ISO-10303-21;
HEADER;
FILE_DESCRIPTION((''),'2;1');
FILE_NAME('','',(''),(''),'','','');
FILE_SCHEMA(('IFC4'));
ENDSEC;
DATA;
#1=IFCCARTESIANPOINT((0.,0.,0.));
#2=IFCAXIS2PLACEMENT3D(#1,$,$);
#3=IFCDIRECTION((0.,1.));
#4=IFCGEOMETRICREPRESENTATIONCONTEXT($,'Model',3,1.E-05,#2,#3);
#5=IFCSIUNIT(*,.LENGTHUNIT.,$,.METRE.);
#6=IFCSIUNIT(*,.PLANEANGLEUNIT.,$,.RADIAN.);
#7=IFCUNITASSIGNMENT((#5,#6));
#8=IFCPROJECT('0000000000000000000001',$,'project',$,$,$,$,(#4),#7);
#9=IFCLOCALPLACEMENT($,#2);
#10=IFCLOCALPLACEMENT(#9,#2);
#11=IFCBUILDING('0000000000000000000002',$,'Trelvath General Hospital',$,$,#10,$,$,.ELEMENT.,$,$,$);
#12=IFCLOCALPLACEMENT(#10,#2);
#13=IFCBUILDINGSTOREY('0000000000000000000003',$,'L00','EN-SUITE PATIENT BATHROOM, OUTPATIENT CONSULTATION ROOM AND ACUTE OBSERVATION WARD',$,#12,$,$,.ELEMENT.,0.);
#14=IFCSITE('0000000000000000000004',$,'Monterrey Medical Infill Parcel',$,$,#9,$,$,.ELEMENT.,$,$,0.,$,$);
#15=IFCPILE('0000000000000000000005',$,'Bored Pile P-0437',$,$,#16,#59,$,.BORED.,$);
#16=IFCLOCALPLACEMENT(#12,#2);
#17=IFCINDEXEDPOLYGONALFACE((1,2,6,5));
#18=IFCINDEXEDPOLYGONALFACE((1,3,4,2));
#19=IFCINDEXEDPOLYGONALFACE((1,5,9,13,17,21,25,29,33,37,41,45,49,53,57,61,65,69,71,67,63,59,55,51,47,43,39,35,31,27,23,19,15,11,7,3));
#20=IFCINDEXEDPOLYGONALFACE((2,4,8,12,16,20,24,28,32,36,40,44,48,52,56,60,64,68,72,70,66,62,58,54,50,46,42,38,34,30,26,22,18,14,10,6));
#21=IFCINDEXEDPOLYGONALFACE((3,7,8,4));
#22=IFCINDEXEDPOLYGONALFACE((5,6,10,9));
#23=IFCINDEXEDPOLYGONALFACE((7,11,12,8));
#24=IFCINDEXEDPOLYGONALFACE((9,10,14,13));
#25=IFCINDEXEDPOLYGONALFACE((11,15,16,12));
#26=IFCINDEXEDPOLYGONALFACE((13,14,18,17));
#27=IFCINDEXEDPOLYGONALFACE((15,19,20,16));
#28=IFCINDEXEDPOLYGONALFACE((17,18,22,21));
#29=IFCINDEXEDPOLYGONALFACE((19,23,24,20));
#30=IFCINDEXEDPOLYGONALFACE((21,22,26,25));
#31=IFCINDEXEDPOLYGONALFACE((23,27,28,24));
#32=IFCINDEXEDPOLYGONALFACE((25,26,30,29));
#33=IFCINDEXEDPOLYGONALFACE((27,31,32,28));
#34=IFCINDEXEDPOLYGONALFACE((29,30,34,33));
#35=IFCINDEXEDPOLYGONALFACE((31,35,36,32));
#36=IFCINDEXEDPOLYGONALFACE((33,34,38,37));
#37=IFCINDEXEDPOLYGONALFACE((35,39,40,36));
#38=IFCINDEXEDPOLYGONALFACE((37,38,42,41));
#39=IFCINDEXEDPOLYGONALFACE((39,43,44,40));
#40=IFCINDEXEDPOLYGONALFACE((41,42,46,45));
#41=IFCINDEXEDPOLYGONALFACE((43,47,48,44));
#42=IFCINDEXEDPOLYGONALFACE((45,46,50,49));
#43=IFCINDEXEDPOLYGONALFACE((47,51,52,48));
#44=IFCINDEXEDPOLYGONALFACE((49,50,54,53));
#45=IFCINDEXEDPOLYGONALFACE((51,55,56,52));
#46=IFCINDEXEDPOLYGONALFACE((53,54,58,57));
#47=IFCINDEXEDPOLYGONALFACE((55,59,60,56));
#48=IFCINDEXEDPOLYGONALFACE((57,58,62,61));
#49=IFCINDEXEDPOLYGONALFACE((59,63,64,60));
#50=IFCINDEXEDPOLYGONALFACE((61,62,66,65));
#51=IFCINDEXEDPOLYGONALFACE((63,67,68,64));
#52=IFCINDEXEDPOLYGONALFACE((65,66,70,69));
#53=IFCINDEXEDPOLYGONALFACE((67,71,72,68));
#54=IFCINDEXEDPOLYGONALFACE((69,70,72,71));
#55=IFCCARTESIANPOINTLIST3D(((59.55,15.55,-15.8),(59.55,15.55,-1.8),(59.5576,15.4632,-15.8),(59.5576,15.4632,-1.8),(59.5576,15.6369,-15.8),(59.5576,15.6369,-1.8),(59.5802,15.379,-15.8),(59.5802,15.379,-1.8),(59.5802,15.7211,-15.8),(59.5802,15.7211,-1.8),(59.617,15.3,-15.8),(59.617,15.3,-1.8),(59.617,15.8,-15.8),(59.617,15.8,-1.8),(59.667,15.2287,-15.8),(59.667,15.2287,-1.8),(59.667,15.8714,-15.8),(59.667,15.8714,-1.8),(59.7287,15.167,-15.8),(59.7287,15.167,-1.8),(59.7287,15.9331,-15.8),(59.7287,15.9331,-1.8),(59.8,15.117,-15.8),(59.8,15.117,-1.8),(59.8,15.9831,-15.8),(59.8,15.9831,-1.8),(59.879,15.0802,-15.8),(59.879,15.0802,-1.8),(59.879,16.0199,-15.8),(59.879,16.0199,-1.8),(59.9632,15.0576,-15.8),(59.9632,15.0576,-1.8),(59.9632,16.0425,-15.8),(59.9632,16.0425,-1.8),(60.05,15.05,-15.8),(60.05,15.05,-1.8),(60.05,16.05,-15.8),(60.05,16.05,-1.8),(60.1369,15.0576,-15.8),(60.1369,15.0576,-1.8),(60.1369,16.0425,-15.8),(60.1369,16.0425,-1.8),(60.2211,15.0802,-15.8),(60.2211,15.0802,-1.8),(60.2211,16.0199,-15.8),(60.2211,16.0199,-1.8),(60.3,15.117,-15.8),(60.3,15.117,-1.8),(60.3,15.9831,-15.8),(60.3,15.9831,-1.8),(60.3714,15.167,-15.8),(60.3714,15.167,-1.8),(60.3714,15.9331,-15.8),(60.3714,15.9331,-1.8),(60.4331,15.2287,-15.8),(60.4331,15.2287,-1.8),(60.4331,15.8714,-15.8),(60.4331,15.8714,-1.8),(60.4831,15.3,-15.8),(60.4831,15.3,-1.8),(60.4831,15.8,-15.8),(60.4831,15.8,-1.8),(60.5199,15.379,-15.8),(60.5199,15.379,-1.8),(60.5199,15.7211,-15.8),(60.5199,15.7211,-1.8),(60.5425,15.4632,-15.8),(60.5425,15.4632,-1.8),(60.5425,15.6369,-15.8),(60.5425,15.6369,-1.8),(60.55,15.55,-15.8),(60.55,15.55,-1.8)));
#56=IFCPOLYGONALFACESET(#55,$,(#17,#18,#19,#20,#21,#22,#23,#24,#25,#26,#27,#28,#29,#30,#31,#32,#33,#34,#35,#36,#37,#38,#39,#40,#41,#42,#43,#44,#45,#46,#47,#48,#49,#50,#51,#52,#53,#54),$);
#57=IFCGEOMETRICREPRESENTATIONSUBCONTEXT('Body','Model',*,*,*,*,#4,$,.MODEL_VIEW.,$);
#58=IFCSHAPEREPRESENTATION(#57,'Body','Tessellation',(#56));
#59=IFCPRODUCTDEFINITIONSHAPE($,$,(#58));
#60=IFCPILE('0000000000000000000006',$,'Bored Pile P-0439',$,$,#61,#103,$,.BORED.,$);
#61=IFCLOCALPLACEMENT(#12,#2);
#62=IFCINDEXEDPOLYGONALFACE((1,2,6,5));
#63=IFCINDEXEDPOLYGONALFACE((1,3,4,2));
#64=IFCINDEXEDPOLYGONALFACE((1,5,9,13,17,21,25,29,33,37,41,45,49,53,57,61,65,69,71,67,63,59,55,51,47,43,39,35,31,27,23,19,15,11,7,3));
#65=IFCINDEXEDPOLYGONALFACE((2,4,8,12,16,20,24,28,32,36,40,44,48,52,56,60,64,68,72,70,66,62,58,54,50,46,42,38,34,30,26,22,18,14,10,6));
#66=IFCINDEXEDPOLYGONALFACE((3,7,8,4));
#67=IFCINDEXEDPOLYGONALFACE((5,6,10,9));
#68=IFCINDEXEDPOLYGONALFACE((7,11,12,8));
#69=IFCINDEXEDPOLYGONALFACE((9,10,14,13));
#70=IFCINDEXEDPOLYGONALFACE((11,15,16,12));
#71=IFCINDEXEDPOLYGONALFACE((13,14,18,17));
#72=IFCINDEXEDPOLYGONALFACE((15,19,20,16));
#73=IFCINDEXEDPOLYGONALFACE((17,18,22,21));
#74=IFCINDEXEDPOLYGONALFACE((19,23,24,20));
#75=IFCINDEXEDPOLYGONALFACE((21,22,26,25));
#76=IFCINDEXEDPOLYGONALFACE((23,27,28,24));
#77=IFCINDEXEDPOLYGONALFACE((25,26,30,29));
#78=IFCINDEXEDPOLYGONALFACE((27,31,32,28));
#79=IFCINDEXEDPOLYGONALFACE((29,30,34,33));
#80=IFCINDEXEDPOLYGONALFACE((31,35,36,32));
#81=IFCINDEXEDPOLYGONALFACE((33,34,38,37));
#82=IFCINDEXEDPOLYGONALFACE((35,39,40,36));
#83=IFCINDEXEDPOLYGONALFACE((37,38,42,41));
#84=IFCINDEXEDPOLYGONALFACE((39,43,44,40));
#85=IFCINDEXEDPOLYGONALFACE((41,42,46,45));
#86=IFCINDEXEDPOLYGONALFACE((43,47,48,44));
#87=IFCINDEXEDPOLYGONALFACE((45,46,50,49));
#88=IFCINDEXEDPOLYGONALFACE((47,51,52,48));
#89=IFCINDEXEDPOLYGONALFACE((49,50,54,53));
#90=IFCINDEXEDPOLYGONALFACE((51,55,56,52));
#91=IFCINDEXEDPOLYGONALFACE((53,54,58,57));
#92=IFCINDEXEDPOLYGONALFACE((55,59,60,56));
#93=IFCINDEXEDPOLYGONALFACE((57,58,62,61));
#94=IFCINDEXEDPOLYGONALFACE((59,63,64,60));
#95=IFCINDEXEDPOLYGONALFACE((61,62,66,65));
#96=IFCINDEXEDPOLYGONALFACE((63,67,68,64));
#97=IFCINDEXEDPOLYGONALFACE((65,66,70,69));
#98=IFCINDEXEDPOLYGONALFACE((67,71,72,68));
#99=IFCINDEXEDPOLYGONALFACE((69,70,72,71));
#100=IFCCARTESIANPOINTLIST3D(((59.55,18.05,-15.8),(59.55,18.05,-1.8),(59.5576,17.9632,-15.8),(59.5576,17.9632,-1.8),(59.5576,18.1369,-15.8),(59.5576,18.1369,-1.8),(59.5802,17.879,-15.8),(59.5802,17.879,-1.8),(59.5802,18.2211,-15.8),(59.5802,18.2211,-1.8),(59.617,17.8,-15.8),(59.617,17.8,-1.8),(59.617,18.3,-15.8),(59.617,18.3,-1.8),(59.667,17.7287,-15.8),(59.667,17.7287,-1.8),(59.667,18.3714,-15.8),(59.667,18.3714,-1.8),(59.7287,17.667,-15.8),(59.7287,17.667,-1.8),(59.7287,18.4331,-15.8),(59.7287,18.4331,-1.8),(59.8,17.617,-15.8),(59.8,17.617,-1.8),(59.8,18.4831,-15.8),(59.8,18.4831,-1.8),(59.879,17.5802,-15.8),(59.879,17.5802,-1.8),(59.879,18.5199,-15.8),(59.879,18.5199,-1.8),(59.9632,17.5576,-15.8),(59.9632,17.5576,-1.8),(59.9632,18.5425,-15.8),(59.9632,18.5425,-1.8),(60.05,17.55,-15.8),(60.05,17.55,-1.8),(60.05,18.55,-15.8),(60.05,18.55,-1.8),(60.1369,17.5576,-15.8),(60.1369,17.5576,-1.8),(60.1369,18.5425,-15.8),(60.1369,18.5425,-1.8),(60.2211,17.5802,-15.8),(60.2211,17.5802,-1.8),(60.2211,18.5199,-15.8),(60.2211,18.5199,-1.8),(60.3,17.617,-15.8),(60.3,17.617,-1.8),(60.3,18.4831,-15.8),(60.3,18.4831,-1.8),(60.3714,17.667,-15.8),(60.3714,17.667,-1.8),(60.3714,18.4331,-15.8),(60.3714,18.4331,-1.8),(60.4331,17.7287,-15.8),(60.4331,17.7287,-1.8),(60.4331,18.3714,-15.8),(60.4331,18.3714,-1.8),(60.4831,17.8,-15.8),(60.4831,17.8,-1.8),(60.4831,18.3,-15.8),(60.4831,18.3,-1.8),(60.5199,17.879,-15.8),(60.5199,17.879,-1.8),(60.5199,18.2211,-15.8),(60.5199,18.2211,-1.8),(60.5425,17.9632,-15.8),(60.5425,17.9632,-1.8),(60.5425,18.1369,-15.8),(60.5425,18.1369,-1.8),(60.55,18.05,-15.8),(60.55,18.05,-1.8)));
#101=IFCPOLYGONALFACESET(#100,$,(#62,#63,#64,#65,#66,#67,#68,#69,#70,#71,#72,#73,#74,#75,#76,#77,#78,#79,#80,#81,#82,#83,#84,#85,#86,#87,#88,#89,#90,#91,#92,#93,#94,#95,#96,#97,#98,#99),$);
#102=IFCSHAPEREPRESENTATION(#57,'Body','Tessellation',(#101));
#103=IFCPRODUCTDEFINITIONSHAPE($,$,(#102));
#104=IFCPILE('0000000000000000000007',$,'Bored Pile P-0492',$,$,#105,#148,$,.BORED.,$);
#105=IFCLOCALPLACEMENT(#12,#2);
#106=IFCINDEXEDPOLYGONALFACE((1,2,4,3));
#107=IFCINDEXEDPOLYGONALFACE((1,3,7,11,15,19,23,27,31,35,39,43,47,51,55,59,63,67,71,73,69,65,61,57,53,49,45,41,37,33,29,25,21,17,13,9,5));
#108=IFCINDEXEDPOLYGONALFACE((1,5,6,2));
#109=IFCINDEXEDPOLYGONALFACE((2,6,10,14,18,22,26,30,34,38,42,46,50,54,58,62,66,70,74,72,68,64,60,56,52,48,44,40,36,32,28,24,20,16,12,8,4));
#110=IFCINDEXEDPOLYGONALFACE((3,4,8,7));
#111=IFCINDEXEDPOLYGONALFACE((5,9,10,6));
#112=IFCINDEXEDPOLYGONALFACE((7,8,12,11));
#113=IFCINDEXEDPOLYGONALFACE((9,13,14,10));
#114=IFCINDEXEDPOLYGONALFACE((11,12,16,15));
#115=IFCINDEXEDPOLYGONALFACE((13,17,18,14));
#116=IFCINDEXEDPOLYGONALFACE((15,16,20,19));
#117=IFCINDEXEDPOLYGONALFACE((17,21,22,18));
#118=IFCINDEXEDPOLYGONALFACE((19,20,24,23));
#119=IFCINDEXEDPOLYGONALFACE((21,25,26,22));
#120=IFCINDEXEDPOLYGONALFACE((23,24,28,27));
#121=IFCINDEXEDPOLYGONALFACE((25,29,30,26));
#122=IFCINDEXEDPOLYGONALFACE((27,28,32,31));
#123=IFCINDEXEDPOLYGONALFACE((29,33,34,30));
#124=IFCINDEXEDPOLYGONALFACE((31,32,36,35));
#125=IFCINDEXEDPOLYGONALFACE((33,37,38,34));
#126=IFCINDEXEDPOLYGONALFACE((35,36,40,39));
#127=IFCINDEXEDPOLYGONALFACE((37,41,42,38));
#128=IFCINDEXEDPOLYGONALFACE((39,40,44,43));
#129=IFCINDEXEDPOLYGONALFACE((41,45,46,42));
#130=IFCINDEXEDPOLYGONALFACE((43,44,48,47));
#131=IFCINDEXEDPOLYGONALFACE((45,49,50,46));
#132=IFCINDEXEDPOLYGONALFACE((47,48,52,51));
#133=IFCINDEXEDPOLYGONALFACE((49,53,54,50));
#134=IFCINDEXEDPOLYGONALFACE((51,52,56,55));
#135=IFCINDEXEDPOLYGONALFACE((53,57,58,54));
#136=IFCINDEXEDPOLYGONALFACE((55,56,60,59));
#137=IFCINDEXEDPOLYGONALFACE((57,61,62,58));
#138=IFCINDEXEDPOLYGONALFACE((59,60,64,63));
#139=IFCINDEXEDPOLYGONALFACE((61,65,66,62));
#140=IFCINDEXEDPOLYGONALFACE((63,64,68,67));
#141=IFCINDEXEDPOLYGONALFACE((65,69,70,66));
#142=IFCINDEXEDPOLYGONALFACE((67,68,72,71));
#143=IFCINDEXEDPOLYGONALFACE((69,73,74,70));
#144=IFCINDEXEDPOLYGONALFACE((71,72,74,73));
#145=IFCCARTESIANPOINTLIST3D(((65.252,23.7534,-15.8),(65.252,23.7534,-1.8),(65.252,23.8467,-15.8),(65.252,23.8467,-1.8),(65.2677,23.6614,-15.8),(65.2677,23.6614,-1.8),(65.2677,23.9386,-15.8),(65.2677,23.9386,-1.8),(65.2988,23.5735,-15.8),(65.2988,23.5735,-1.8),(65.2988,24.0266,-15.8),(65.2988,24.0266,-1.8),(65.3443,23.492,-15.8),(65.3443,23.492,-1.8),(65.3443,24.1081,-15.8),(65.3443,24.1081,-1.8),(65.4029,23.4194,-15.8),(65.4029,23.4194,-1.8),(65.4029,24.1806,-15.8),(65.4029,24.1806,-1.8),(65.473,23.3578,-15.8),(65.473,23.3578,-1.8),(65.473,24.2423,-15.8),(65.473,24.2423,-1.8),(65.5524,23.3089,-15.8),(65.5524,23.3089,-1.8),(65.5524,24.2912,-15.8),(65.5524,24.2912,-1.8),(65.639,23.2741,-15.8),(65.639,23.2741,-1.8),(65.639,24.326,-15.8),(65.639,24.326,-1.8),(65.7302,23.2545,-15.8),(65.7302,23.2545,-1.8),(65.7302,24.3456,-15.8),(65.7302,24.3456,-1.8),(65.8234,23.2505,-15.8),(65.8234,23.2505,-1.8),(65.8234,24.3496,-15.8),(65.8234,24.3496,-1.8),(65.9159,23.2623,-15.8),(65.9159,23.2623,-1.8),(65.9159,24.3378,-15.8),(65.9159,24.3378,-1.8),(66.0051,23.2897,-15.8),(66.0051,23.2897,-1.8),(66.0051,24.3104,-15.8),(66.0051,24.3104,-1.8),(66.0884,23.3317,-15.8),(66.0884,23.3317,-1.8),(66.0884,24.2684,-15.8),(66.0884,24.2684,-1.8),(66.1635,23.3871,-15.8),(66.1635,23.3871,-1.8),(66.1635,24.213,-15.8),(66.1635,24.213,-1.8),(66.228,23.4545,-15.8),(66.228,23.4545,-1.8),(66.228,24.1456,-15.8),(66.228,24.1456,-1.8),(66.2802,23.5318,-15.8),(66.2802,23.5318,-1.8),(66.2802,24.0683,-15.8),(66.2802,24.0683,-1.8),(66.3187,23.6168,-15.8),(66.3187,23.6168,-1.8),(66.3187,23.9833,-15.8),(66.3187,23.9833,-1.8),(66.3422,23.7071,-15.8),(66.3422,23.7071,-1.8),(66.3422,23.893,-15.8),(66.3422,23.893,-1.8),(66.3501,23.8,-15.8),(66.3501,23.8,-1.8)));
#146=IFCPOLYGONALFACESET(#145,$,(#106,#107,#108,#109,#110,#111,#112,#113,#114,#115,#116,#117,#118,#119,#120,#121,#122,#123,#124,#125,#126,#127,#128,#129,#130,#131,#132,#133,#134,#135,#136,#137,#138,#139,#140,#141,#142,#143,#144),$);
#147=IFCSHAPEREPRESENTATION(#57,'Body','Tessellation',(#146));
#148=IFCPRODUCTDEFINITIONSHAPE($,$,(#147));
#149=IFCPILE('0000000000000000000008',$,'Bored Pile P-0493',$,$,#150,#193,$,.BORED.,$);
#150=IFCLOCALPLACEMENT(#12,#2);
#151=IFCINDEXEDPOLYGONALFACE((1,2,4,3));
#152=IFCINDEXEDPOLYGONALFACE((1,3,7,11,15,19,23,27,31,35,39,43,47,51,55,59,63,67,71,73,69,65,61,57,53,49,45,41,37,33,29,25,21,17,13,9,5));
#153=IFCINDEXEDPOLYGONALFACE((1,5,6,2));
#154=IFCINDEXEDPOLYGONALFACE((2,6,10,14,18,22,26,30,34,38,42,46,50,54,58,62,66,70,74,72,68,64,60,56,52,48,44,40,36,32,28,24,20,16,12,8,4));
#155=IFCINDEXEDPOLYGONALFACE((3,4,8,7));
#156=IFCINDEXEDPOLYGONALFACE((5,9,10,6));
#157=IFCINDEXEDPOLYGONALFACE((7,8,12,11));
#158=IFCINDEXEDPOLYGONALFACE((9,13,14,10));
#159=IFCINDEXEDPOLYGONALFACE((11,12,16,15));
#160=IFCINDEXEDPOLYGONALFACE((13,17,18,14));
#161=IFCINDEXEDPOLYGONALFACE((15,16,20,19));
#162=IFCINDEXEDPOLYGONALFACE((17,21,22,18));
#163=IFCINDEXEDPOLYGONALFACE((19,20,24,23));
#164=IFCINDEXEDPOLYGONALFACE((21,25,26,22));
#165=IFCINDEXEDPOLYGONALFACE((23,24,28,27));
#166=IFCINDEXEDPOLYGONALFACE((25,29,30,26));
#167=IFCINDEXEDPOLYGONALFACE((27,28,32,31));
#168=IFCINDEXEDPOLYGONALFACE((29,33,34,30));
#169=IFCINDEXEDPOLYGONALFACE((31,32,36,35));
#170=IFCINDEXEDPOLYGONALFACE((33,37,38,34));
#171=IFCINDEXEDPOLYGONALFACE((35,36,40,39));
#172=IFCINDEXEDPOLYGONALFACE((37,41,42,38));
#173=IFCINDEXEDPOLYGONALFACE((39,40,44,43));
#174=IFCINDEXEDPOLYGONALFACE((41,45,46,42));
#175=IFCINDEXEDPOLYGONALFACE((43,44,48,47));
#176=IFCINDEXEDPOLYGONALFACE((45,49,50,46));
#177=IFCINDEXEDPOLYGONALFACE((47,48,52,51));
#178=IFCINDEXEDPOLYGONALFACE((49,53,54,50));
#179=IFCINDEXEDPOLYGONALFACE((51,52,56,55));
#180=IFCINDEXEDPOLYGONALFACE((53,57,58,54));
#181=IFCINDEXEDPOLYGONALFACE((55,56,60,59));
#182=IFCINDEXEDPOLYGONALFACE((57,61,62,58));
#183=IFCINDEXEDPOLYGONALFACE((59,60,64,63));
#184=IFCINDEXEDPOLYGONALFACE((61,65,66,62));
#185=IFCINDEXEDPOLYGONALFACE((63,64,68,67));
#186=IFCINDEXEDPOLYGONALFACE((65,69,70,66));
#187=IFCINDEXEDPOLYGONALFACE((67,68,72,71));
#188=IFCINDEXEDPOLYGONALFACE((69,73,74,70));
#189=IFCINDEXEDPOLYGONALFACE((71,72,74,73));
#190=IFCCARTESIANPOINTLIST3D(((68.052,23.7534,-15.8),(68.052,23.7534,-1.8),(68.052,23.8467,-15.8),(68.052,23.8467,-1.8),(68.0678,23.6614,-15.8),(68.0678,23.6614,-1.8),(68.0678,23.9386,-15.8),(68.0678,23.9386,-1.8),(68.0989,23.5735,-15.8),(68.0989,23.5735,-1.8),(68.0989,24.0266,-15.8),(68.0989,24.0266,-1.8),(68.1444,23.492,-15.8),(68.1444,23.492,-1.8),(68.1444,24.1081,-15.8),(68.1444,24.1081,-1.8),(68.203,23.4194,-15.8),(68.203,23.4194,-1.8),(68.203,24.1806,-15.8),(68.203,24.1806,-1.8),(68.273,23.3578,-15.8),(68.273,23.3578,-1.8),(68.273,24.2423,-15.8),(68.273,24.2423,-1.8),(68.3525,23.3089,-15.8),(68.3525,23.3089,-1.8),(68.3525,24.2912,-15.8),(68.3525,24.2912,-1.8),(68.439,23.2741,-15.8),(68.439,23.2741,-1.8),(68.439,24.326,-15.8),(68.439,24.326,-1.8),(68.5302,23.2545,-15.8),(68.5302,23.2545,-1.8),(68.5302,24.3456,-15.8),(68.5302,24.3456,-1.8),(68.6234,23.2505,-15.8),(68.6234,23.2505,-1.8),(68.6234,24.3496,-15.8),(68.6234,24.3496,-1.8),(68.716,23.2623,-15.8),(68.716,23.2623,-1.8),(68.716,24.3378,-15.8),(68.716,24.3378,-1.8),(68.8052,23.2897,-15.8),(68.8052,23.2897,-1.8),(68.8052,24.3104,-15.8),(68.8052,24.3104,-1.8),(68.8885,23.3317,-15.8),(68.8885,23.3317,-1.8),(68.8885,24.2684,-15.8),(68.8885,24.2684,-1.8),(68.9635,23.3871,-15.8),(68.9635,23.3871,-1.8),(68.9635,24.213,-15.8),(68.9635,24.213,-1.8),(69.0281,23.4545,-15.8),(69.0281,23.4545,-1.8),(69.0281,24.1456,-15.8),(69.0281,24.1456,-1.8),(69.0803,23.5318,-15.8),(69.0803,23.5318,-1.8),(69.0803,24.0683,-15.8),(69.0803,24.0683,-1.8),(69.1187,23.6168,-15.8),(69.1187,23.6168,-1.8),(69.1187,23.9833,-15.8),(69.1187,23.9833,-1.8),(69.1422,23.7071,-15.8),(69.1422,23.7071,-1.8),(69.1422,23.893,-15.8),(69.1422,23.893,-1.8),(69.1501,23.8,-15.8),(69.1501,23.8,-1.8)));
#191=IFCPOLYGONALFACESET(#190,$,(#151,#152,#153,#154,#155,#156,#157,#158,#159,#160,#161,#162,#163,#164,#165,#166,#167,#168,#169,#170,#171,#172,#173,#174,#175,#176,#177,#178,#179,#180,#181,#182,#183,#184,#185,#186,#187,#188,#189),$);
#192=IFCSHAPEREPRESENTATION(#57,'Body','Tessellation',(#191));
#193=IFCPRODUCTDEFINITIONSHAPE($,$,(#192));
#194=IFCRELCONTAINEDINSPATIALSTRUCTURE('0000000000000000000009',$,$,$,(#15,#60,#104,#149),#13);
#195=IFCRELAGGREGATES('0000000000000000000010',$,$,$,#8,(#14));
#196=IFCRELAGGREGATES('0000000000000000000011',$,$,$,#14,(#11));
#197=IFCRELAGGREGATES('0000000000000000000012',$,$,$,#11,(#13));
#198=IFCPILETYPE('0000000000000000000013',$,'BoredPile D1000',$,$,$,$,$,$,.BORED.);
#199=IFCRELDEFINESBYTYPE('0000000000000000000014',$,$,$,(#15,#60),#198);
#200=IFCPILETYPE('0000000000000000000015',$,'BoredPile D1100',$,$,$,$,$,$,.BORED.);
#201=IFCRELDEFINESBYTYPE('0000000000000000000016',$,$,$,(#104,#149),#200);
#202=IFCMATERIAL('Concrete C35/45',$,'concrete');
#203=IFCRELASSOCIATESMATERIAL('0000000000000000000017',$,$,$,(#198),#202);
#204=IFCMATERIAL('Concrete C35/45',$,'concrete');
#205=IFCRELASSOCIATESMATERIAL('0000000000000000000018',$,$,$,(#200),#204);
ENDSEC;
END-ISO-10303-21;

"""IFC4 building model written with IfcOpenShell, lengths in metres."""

from ifc_helpers import new_model, si_unit, direction, frame, origin, origin_2d, place, context, subcontext, project, spatial, circle, extrude, material, material_profile, profile_set, type_object, element, save


model = new_model("IFC4")

# Units and contexts
model_context = context("Model", 3, precision=1e-05, world=origin(), true_north=direction((0.0, 1.0)))
body_context = subcontext(model_context, "Body", "Model", "MODEL_VIEW")
ifc_project = project(units=[si_unit("LENGTHUNIT", "METRE"), si_unit("PLANEANGLEUNIT", "RADIAN")], contexts=[model_context])

# Site, building, storey
site_placement = place(None, origin())
site = spatial("IfcSite", under=ifc_project, at=site_placement, Name="Monterrey Medical Infill Parcel", CompositionType="ELEMENT", RefElevation=0.0)
building_placement = place(site_placement, origin())
building = spatial("IfcBuilding", under=site, at=building_placement, Name="Trelvath General Hospital", CompositionType="ELEMENT")
storey_placement = place(building_placement, origin())
storey = spatial("IfcBuildingStorey", under=building, at=storey_placement, Name="L00", Description="EN-SUITE PATIENT BATHROOM, OUTPATIENT CONSULTATION ROOM AND ACUTE OBSERVATION WARD", CompositionType="ELEMENT", Elevation=0.0)

# Piles
ifc_material_1 = material(Name="Concrete C35/45", Category="concrete")
ifc_material_profile_1 = material_profile(ifc_material_1, circle(Radius=0.5, at=origin_2d()), Name="PILE1000")
ifc_profile_set_1 = profile_set([ifc_material_profile_1], Name="Concrete C35/45")
pile_type_1 = type_object("IfcPileType", Name="BoredPile D1000", PredefinedType="BORED", material=ifc_profile_set_1)
for number, where, z_axis, x_axis, name in (
    (1, (60.05, 15.55, -1.8), (0.0, 0.0, -1.0), (1.0, 0.0, 0.0), "Bored Pile P-0437"),
    (2, (60.05, 18.05, -1.8), (0.0, 0.0, -1.0), (1.0, 0.0, 0.0), "Bored Pile P-0439"),
):
    element("IfcPile", number, at=place(storey_placement, frame(where, z_axis=z_axis, x_axis=x_axis)), inside=storey, type_object=pile_type_1, Name=name, PredefinedType="BORED", context=body_context, shape_type="SweptSolid", body=[
        extrude(circle(Radius=0.5, at=origin_2d()), origin(), (0.0, 0.0, 1.0), 14.0),
    ])
ifc_material_2 = material(Name="Concrete C35/45", Category="concrete")
ifc_material_profile_2 = material_profile(ifc_material_2, circle(Radius=0.55, at=origin_2d()), Name="PILE1100")
ifc_profile_set_2 = profile_set([ifc_material_profile_2], Name="Concrete C35/45")
pile_type_2 = type_object("IfcPileType", Name="BoredPile D1100", PredefinedType="BORED", material=ifc_profile_set_2)
for number, where, z_axis, x_axis, name in (
    (3, (65.8, 23.8, -1.8), (0.0, 0.0, -1.0), (1.0, 0.0, 0.0), "Bored Pile P-0492"),
    (4, (68.6001, 23.8, -1.8), (0.0, 0.0, -1.0), (1.0, 0.0, 0.0), "Bored Pile P-0493"),
):
    element("IfcPile", number, at=place(storey_placement, frame(where, z_axis=z_axis, x_axis=x_axis)), inside=storey, type_object=pile_type_2, Name=name, PredefinedType="BORED", context=body_context, shape_type="SweptSolid", body=[
        extrude(circle(Radius=0.55, at=origin_2d()), origin(), (0.0, 0.0, 1.0), 14.0),
    ])

save(model, "model.ifc")
